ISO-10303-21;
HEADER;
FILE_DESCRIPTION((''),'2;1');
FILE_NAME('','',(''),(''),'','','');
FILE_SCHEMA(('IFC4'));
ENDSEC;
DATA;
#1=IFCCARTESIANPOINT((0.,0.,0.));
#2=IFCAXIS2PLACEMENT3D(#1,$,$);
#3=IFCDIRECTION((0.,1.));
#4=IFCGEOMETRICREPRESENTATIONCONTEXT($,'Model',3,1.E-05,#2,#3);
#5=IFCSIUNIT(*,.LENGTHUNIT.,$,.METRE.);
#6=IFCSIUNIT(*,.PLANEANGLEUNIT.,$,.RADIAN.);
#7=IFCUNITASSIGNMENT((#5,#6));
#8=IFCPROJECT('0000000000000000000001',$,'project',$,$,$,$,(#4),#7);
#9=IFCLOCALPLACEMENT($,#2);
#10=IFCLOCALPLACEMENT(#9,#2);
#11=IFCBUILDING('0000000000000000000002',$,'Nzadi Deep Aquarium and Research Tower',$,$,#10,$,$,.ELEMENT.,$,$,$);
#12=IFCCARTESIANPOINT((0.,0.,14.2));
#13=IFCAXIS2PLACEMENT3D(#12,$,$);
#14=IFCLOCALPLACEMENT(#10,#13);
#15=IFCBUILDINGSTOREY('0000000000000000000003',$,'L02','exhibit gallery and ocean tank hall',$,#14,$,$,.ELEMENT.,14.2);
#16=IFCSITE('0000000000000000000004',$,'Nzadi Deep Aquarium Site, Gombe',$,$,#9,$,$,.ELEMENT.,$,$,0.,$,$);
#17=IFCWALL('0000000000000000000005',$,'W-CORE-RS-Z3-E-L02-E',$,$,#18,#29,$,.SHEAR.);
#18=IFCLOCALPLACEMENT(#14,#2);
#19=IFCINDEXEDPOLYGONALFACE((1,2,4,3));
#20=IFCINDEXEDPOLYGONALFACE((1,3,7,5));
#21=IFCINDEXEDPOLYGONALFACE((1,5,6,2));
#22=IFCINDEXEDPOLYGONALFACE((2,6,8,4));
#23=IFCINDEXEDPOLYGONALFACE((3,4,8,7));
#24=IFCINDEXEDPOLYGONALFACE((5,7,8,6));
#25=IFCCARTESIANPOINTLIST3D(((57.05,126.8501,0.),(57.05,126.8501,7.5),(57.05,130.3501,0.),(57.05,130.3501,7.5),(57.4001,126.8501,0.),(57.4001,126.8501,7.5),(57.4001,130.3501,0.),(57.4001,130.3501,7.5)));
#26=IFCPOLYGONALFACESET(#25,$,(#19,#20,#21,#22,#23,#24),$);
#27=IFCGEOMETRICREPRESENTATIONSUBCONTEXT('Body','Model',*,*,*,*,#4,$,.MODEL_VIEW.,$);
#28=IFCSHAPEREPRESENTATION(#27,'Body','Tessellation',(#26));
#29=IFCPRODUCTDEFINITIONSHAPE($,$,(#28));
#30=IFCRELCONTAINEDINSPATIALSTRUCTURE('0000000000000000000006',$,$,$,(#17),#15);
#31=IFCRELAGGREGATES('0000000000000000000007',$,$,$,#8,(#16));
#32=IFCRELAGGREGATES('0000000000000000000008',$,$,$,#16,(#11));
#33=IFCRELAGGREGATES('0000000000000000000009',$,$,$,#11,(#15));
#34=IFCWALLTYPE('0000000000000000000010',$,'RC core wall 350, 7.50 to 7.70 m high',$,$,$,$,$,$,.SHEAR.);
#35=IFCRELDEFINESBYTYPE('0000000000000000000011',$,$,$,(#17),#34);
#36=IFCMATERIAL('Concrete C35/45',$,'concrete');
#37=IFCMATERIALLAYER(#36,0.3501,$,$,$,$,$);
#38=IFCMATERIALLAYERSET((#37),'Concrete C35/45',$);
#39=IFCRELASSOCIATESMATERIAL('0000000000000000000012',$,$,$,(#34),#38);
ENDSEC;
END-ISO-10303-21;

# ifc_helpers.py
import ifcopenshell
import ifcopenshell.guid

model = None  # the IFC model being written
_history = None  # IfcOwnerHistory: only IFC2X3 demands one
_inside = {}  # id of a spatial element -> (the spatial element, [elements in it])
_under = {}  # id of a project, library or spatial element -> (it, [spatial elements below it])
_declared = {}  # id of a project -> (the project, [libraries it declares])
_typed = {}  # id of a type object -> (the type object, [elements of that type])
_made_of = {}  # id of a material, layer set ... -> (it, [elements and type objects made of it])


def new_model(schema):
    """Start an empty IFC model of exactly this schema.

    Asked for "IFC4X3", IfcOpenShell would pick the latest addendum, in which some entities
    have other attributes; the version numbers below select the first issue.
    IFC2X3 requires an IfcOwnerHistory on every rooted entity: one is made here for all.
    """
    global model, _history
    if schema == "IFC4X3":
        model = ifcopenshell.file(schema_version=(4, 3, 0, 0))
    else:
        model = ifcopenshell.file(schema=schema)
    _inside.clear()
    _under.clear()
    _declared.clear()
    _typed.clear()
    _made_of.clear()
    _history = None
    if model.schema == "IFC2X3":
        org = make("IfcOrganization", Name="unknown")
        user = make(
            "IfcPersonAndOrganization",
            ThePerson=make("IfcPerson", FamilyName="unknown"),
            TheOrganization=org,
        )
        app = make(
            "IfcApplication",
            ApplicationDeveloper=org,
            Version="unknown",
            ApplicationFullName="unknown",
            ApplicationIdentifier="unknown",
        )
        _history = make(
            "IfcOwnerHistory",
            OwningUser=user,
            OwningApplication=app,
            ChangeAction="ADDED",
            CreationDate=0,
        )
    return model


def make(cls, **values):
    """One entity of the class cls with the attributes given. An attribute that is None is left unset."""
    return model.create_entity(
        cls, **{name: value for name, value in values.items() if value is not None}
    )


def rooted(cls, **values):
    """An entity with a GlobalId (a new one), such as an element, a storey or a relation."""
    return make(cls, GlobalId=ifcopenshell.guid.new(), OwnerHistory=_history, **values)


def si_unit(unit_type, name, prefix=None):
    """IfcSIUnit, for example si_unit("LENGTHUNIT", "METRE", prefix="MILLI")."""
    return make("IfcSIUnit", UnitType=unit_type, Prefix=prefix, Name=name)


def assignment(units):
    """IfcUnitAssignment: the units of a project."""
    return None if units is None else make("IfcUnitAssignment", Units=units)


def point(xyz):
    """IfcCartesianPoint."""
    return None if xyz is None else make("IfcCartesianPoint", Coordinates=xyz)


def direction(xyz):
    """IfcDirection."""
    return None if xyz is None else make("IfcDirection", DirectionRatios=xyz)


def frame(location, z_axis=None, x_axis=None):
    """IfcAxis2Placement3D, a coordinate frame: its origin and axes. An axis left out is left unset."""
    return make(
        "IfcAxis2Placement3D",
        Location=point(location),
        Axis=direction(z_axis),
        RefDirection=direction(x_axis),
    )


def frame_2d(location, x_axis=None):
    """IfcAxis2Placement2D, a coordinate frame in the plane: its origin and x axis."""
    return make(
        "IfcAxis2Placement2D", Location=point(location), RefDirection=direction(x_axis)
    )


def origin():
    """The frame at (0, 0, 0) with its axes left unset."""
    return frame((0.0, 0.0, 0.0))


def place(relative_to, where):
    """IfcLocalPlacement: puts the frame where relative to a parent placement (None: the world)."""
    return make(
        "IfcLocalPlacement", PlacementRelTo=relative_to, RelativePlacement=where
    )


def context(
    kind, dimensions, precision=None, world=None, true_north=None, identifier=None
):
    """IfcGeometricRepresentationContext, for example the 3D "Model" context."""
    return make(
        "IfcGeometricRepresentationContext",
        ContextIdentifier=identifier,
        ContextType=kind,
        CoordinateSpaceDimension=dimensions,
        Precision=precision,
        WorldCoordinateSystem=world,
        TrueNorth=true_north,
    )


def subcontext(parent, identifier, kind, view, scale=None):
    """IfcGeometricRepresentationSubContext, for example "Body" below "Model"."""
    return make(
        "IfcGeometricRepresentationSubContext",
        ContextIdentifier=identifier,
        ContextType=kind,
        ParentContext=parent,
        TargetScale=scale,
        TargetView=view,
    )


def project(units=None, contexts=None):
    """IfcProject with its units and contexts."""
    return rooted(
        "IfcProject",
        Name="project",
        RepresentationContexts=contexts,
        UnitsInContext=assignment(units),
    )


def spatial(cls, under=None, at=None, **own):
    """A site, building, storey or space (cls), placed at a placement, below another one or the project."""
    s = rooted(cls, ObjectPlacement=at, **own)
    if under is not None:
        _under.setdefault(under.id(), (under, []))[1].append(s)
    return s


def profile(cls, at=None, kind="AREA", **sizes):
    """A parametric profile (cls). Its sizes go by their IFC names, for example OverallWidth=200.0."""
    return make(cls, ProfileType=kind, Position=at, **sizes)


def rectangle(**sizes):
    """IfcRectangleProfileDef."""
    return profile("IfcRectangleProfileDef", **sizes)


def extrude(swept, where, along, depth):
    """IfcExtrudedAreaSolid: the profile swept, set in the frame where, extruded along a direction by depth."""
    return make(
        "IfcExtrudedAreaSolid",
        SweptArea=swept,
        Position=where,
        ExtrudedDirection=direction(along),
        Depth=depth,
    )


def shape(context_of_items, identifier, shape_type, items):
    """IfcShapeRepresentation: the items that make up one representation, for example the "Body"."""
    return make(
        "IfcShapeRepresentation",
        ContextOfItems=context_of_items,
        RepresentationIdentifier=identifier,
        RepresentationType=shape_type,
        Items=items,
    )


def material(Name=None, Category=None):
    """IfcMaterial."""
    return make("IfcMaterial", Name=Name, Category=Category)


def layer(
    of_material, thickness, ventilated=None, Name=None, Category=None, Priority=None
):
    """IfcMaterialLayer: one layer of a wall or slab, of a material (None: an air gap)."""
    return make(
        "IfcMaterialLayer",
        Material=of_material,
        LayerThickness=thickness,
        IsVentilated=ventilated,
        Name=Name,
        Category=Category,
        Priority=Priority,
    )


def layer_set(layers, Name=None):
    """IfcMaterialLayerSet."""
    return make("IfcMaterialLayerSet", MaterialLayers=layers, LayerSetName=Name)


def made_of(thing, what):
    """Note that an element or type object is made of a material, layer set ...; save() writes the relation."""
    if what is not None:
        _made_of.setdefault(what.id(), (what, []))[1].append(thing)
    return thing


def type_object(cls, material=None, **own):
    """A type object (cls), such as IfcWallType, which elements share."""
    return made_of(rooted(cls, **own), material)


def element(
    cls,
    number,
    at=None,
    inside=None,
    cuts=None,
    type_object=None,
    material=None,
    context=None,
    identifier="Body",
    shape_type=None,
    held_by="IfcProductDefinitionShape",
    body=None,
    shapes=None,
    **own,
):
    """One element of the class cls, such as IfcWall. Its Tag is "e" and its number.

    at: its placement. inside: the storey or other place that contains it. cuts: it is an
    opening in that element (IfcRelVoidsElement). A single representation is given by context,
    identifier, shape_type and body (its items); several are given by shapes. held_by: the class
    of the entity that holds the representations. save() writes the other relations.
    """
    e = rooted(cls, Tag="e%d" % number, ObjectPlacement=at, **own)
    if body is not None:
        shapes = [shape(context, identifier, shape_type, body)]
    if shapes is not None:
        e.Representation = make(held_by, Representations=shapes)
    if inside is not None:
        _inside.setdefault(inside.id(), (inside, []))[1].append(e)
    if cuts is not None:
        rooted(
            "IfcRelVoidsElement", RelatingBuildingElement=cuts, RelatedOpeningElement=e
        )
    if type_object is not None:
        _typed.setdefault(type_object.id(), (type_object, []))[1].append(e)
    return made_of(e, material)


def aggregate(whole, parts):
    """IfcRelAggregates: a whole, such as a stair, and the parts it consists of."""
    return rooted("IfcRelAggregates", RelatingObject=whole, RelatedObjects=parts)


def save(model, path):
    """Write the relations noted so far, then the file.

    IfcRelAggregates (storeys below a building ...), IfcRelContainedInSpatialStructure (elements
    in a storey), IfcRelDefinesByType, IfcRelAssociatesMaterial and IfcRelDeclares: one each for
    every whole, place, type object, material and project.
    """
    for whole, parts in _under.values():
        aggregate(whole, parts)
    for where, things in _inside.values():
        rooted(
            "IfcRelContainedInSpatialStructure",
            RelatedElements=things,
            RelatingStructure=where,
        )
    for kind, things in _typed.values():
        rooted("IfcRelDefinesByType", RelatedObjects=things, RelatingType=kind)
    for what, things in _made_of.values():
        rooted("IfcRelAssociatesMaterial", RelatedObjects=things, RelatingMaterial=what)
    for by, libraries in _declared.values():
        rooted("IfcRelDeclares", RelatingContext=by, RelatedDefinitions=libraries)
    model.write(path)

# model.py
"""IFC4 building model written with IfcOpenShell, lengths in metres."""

from ifc_helpers import new_model, si_unit, direction, frame, frame_2d, origin, place, context, subcontext, project, spatial, rectangle, extrude, material, layer, layer_set, type_object, element, save


model = new_model("IFC4")

# Units and contexts
model_context = context("Model", 3, precision=1e-05, world=origin(), true_north=direction((0.0, 1.0)))
body_context = subcontext(model_context, "Body", "Model", "MODEL_VIEW")
ifc_project = project(units=[si_unit("LENGTHUNIT", "METRE"), si_unit("PLANEANGLEUNIT", "RADIAN")], contexts=[model_context])

# Site, building, storey
site_placement = place(None, origin())
site = spatial("IfcSite", under=ifc_project, at=site_placement, Name="Nzadi Deep Aquarium Site, Gombe", CompositionType="ELEMENT", RefElevation=0.0)
building_placement = place(site_placement, origin())
building = spatial("IfcBuilding", under=site, at=building_placement, Name="Nzadi Deep Aquarium and Research Tower", CompositionType="ELEMENT")
storey_placement = place(building_placement, frame((0.0, 0.0, 14.2)))
storey = spatial("IfcBuildingStorey", under=building, at=storey_placement, Name="L02", Description="exhibit gallery and ocean tank hall", CompositionType="ELEMENT", Elevation=14.2)

# Wall
ifc_material_1 = material(Name="Concrete C35/45", Category="concrete")
ifc_layer_1 = layer(ifc_material_1, 0.3501)
ifc_layer_set_1 = layer_set([ifc_layer_1], Name="Concrete C35/45")
wall_type = type_object("IfcWallType", Name="RC core wall 350, 7.50 to 7.70 m high", PredefinedType="SHEAR", material=ifc_layer_set_1)
for number, where, z_axis, x_axis, name in (
    (1, (57.2251, 126.8501, 0.0), (0.0, 0.0, 1.0), (0.0, 1.0, 0.0), "W-CORE-RS-Z3-E-L02-E"),
):
    element("IfcWall", number, at=place(storey_placement, frame(where, z_axis=z_axis, x_axis=x_axis)), inside=storey, type_object=wall_type, Name=name, PredefinedType="SHEAR", context=body_context, shape_type="SweptSolid", body=[
        extrude(rectangle(XDim=3.5, YDim=0.3501, at=frame_2d((1.75, 0.0))), origin(), (0.0, 0.0, 1.0), 7.5),
    ])

save(model, "model.ifc")
